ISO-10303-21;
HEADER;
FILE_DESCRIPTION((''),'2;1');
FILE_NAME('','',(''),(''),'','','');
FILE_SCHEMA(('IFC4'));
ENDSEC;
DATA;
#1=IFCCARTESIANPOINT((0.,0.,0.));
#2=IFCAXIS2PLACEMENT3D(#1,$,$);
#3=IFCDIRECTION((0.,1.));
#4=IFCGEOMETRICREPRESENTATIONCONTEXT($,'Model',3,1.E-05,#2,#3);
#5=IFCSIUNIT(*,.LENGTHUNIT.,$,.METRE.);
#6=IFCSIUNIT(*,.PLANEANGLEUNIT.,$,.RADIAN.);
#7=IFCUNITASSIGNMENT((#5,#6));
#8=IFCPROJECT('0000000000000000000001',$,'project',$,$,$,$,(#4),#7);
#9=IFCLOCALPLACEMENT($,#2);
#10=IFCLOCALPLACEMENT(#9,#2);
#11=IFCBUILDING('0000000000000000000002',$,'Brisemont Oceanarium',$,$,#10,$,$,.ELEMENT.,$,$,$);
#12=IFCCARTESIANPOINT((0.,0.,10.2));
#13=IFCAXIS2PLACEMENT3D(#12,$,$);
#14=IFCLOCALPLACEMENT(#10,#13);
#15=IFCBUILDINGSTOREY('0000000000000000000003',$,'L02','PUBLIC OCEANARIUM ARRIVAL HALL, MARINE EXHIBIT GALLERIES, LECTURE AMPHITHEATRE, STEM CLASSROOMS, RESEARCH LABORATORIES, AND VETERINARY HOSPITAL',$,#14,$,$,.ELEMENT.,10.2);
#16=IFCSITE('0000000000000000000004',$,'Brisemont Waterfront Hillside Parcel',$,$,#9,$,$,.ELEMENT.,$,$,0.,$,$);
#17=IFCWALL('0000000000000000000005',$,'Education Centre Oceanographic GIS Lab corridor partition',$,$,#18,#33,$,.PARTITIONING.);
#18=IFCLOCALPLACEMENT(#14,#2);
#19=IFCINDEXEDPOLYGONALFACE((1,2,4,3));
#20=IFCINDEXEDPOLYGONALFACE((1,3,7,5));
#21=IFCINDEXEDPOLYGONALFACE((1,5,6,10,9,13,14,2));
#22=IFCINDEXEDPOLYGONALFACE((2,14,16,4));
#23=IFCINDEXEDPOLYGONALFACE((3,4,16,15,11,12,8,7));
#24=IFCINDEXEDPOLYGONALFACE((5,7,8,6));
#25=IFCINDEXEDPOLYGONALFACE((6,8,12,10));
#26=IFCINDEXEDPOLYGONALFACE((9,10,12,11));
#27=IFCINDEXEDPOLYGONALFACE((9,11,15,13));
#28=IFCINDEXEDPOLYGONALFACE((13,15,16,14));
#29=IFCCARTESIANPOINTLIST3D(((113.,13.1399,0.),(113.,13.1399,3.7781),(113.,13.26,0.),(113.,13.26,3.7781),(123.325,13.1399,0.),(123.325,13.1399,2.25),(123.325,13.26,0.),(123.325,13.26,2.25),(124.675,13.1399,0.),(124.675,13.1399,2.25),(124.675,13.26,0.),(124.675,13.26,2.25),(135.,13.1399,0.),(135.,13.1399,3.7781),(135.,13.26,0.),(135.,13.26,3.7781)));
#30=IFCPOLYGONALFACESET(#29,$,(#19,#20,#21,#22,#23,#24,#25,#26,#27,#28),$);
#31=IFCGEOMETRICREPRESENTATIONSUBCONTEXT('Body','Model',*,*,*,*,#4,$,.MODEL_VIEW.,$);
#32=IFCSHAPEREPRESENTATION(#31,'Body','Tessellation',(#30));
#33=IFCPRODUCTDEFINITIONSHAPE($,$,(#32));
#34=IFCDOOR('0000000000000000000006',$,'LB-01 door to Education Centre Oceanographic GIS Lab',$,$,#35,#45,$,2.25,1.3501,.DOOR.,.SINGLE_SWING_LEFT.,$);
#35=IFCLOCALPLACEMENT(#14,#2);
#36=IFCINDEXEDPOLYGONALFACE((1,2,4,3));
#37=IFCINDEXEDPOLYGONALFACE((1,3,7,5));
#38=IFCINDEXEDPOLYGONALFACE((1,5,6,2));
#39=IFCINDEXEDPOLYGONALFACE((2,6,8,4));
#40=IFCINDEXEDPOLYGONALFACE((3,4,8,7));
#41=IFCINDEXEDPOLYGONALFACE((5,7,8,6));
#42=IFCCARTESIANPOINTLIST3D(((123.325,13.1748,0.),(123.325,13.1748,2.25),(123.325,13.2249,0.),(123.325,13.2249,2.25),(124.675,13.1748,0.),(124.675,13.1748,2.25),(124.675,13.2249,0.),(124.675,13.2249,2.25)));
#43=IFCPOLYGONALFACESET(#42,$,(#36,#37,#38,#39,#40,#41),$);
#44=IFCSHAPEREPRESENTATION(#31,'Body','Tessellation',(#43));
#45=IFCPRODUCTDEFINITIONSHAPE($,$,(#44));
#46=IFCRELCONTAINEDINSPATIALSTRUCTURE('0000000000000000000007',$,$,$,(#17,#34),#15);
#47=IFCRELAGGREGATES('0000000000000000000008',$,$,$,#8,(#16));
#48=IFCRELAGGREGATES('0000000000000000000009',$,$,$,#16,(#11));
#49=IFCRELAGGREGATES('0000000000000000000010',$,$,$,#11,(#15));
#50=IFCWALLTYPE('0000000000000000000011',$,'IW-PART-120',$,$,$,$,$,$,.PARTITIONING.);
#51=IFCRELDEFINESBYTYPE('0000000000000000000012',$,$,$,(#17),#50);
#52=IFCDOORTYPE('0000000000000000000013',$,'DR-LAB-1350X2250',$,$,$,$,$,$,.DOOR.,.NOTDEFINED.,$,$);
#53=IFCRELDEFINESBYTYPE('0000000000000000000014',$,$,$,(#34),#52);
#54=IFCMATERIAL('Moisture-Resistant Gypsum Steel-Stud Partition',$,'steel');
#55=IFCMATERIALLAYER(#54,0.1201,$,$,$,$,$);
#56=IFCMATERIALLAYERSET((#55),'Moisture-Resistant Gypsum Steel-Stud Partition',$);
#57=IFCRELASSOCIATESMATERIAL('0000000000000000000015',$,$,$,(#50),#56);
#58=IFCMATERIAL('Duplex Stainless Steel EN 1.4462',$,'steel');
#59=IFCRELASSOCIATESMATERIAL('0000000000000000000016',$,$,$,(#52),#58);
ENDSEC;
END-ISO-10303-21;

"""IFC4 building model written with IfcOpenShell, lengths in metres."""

from ifc_helpers import new_model, si_unit, direction, frame, frame_2d, origin, place, context, subcontext, project, spatial, rectangle, extrude, material, layer, layer_set, type_object, element, fill, save


model = new_model("IFC4")

# Units and contexts
model_context = context("Model", 3, precision=1e-05, world=origin(), true_north=direction((0.0, 1.0)))
body_context = subcontext(model_context, "Body", "Model", "MODEL_VIEW")
ifc_project = project(units=[si_unit("LENGTHUNIT", "METRE"), si_unit("PLANEANGLEUNIT", "RADIAN")], contexts=[model_context])

# Site, building, storey
site_placement = place(None, origin())
site = spatial("IfcSite", under=ifc_project, at=site_placement, Name="Brisemont Waterfront Hillside Parcel", CompositionType="ELEMENT", RefElevation=0.0)
building_placement = place(site_placement, origin())
building = spatial("IfcBuilding", under=site, at=building_placement, Name="Brisemont Oceanarium", CompositionType="ELEMENT")
storey_placement = place(building_placement, frame((0.0, 0.0, 10.2)))
storey = spatial("IfcBuildingStorey", under=building, at=storey_placement, Name="L02", Description="PUBLIC OCEANARIUM ARRIVAL HALL, MARINE EXHIBIT GALLERIES, LECTURE AMPHITHEATRE, STEM CLASSROOMS, RESEARCH LABORATORIES, AND VETERINARY HOSPITAL", CompositionType="ELEMENT", Elevation=10.2)

# Wall, opening, door
ifc_material_1 = material(Name="Moisture-Resistant Gypsum Steel-Stud Partition", Category="steel")
ifc_layer = layer(ifc_material_1, 0.1201)
ifc_layer_set = layer_set([ifc_layer], Name="Moisture-Resistant Gypsum Steel-Stud Partition")
wall_type = type_object("IfcWallType", Name="IW-PART-120", PredefinedType="PARTITIONING", material=ifc_layer_set)
wall_placement = place(storey_placement, frame((113.0, 13.2, 0.0), z_axis=(0.0, 0.0, 1.0), x_axis=(1.0, 0.0, 0.0)))
wall = element("IfcWall", 1, at=wall_placement, inside=storey, type_object=wall_type, Name="Education Centre Oceanographic GIS Lab corridor partition", PredefinedType="PARTITIONING", context=body_context, shape_type="SweptSolid", body=[
    extrude(rectangle(XDim=22.0, YDim=0.1201, at=frame_2d((11.0, 0.0))), origin(), (0.0, 0.0, 1.0), 3.7781),
])
opening_placement = place(wall_placement, frame((10.325, 0.0, 0.0)))
opening = element("IfcOpeningElement", 2, at=opening_placement, cuts=wall, PredefinedType="OPENING", context=body_context, shape_type="SweptSolid", body=[
    extrude(rectangle(XDim=1.3501, YDim=2.25, at=frame_2d((0.675, 1.125))), frame((0.0, 0.0701, 0.0), z_axis=(0.0, -1.0, 0.0), x_axis=(1.0, 0.0, 0.0)), (0.0, 0.0, 1.0), 0.1401),
])
ifc_material_2 = material(Name="Duplex Stainless Steel EN 1.4462", Category="steel")
door_type = type_object("IfcDoorType", Name="DR-LAB-1350X2250", OperationType="NOTDEFINED", PredefinedType="DOOR", material=ifc_material_2)
door_placement = place(opening_placement, origin())
door = element("IfcDoor", 3, at=door_placement, inside=storey, type_object=door_type, Name="LB-01 door to Education Centre Oceanographic GIS Lab", OperationType="SINGLE_SWING_LEFT", OverallHeight=2.25, OverallWidth=1.3501, PredefinedType="DOOR", context=body_context, shape_type="SweptSolid", body=[
    extrude(rectangle(XDim=1.3501, YDim=2.25, at=frame_2d((0.675, 1.125))), frame((0.0, 0.0249, 0.0), z_axis=(0.0, -1.0, 0.0), x_axis=(1.0, 0.0, 0.0)), (0.0, 0.0, 1.0), 0.05),
])
fill(opening, door)

save(model, "model.ifc")
